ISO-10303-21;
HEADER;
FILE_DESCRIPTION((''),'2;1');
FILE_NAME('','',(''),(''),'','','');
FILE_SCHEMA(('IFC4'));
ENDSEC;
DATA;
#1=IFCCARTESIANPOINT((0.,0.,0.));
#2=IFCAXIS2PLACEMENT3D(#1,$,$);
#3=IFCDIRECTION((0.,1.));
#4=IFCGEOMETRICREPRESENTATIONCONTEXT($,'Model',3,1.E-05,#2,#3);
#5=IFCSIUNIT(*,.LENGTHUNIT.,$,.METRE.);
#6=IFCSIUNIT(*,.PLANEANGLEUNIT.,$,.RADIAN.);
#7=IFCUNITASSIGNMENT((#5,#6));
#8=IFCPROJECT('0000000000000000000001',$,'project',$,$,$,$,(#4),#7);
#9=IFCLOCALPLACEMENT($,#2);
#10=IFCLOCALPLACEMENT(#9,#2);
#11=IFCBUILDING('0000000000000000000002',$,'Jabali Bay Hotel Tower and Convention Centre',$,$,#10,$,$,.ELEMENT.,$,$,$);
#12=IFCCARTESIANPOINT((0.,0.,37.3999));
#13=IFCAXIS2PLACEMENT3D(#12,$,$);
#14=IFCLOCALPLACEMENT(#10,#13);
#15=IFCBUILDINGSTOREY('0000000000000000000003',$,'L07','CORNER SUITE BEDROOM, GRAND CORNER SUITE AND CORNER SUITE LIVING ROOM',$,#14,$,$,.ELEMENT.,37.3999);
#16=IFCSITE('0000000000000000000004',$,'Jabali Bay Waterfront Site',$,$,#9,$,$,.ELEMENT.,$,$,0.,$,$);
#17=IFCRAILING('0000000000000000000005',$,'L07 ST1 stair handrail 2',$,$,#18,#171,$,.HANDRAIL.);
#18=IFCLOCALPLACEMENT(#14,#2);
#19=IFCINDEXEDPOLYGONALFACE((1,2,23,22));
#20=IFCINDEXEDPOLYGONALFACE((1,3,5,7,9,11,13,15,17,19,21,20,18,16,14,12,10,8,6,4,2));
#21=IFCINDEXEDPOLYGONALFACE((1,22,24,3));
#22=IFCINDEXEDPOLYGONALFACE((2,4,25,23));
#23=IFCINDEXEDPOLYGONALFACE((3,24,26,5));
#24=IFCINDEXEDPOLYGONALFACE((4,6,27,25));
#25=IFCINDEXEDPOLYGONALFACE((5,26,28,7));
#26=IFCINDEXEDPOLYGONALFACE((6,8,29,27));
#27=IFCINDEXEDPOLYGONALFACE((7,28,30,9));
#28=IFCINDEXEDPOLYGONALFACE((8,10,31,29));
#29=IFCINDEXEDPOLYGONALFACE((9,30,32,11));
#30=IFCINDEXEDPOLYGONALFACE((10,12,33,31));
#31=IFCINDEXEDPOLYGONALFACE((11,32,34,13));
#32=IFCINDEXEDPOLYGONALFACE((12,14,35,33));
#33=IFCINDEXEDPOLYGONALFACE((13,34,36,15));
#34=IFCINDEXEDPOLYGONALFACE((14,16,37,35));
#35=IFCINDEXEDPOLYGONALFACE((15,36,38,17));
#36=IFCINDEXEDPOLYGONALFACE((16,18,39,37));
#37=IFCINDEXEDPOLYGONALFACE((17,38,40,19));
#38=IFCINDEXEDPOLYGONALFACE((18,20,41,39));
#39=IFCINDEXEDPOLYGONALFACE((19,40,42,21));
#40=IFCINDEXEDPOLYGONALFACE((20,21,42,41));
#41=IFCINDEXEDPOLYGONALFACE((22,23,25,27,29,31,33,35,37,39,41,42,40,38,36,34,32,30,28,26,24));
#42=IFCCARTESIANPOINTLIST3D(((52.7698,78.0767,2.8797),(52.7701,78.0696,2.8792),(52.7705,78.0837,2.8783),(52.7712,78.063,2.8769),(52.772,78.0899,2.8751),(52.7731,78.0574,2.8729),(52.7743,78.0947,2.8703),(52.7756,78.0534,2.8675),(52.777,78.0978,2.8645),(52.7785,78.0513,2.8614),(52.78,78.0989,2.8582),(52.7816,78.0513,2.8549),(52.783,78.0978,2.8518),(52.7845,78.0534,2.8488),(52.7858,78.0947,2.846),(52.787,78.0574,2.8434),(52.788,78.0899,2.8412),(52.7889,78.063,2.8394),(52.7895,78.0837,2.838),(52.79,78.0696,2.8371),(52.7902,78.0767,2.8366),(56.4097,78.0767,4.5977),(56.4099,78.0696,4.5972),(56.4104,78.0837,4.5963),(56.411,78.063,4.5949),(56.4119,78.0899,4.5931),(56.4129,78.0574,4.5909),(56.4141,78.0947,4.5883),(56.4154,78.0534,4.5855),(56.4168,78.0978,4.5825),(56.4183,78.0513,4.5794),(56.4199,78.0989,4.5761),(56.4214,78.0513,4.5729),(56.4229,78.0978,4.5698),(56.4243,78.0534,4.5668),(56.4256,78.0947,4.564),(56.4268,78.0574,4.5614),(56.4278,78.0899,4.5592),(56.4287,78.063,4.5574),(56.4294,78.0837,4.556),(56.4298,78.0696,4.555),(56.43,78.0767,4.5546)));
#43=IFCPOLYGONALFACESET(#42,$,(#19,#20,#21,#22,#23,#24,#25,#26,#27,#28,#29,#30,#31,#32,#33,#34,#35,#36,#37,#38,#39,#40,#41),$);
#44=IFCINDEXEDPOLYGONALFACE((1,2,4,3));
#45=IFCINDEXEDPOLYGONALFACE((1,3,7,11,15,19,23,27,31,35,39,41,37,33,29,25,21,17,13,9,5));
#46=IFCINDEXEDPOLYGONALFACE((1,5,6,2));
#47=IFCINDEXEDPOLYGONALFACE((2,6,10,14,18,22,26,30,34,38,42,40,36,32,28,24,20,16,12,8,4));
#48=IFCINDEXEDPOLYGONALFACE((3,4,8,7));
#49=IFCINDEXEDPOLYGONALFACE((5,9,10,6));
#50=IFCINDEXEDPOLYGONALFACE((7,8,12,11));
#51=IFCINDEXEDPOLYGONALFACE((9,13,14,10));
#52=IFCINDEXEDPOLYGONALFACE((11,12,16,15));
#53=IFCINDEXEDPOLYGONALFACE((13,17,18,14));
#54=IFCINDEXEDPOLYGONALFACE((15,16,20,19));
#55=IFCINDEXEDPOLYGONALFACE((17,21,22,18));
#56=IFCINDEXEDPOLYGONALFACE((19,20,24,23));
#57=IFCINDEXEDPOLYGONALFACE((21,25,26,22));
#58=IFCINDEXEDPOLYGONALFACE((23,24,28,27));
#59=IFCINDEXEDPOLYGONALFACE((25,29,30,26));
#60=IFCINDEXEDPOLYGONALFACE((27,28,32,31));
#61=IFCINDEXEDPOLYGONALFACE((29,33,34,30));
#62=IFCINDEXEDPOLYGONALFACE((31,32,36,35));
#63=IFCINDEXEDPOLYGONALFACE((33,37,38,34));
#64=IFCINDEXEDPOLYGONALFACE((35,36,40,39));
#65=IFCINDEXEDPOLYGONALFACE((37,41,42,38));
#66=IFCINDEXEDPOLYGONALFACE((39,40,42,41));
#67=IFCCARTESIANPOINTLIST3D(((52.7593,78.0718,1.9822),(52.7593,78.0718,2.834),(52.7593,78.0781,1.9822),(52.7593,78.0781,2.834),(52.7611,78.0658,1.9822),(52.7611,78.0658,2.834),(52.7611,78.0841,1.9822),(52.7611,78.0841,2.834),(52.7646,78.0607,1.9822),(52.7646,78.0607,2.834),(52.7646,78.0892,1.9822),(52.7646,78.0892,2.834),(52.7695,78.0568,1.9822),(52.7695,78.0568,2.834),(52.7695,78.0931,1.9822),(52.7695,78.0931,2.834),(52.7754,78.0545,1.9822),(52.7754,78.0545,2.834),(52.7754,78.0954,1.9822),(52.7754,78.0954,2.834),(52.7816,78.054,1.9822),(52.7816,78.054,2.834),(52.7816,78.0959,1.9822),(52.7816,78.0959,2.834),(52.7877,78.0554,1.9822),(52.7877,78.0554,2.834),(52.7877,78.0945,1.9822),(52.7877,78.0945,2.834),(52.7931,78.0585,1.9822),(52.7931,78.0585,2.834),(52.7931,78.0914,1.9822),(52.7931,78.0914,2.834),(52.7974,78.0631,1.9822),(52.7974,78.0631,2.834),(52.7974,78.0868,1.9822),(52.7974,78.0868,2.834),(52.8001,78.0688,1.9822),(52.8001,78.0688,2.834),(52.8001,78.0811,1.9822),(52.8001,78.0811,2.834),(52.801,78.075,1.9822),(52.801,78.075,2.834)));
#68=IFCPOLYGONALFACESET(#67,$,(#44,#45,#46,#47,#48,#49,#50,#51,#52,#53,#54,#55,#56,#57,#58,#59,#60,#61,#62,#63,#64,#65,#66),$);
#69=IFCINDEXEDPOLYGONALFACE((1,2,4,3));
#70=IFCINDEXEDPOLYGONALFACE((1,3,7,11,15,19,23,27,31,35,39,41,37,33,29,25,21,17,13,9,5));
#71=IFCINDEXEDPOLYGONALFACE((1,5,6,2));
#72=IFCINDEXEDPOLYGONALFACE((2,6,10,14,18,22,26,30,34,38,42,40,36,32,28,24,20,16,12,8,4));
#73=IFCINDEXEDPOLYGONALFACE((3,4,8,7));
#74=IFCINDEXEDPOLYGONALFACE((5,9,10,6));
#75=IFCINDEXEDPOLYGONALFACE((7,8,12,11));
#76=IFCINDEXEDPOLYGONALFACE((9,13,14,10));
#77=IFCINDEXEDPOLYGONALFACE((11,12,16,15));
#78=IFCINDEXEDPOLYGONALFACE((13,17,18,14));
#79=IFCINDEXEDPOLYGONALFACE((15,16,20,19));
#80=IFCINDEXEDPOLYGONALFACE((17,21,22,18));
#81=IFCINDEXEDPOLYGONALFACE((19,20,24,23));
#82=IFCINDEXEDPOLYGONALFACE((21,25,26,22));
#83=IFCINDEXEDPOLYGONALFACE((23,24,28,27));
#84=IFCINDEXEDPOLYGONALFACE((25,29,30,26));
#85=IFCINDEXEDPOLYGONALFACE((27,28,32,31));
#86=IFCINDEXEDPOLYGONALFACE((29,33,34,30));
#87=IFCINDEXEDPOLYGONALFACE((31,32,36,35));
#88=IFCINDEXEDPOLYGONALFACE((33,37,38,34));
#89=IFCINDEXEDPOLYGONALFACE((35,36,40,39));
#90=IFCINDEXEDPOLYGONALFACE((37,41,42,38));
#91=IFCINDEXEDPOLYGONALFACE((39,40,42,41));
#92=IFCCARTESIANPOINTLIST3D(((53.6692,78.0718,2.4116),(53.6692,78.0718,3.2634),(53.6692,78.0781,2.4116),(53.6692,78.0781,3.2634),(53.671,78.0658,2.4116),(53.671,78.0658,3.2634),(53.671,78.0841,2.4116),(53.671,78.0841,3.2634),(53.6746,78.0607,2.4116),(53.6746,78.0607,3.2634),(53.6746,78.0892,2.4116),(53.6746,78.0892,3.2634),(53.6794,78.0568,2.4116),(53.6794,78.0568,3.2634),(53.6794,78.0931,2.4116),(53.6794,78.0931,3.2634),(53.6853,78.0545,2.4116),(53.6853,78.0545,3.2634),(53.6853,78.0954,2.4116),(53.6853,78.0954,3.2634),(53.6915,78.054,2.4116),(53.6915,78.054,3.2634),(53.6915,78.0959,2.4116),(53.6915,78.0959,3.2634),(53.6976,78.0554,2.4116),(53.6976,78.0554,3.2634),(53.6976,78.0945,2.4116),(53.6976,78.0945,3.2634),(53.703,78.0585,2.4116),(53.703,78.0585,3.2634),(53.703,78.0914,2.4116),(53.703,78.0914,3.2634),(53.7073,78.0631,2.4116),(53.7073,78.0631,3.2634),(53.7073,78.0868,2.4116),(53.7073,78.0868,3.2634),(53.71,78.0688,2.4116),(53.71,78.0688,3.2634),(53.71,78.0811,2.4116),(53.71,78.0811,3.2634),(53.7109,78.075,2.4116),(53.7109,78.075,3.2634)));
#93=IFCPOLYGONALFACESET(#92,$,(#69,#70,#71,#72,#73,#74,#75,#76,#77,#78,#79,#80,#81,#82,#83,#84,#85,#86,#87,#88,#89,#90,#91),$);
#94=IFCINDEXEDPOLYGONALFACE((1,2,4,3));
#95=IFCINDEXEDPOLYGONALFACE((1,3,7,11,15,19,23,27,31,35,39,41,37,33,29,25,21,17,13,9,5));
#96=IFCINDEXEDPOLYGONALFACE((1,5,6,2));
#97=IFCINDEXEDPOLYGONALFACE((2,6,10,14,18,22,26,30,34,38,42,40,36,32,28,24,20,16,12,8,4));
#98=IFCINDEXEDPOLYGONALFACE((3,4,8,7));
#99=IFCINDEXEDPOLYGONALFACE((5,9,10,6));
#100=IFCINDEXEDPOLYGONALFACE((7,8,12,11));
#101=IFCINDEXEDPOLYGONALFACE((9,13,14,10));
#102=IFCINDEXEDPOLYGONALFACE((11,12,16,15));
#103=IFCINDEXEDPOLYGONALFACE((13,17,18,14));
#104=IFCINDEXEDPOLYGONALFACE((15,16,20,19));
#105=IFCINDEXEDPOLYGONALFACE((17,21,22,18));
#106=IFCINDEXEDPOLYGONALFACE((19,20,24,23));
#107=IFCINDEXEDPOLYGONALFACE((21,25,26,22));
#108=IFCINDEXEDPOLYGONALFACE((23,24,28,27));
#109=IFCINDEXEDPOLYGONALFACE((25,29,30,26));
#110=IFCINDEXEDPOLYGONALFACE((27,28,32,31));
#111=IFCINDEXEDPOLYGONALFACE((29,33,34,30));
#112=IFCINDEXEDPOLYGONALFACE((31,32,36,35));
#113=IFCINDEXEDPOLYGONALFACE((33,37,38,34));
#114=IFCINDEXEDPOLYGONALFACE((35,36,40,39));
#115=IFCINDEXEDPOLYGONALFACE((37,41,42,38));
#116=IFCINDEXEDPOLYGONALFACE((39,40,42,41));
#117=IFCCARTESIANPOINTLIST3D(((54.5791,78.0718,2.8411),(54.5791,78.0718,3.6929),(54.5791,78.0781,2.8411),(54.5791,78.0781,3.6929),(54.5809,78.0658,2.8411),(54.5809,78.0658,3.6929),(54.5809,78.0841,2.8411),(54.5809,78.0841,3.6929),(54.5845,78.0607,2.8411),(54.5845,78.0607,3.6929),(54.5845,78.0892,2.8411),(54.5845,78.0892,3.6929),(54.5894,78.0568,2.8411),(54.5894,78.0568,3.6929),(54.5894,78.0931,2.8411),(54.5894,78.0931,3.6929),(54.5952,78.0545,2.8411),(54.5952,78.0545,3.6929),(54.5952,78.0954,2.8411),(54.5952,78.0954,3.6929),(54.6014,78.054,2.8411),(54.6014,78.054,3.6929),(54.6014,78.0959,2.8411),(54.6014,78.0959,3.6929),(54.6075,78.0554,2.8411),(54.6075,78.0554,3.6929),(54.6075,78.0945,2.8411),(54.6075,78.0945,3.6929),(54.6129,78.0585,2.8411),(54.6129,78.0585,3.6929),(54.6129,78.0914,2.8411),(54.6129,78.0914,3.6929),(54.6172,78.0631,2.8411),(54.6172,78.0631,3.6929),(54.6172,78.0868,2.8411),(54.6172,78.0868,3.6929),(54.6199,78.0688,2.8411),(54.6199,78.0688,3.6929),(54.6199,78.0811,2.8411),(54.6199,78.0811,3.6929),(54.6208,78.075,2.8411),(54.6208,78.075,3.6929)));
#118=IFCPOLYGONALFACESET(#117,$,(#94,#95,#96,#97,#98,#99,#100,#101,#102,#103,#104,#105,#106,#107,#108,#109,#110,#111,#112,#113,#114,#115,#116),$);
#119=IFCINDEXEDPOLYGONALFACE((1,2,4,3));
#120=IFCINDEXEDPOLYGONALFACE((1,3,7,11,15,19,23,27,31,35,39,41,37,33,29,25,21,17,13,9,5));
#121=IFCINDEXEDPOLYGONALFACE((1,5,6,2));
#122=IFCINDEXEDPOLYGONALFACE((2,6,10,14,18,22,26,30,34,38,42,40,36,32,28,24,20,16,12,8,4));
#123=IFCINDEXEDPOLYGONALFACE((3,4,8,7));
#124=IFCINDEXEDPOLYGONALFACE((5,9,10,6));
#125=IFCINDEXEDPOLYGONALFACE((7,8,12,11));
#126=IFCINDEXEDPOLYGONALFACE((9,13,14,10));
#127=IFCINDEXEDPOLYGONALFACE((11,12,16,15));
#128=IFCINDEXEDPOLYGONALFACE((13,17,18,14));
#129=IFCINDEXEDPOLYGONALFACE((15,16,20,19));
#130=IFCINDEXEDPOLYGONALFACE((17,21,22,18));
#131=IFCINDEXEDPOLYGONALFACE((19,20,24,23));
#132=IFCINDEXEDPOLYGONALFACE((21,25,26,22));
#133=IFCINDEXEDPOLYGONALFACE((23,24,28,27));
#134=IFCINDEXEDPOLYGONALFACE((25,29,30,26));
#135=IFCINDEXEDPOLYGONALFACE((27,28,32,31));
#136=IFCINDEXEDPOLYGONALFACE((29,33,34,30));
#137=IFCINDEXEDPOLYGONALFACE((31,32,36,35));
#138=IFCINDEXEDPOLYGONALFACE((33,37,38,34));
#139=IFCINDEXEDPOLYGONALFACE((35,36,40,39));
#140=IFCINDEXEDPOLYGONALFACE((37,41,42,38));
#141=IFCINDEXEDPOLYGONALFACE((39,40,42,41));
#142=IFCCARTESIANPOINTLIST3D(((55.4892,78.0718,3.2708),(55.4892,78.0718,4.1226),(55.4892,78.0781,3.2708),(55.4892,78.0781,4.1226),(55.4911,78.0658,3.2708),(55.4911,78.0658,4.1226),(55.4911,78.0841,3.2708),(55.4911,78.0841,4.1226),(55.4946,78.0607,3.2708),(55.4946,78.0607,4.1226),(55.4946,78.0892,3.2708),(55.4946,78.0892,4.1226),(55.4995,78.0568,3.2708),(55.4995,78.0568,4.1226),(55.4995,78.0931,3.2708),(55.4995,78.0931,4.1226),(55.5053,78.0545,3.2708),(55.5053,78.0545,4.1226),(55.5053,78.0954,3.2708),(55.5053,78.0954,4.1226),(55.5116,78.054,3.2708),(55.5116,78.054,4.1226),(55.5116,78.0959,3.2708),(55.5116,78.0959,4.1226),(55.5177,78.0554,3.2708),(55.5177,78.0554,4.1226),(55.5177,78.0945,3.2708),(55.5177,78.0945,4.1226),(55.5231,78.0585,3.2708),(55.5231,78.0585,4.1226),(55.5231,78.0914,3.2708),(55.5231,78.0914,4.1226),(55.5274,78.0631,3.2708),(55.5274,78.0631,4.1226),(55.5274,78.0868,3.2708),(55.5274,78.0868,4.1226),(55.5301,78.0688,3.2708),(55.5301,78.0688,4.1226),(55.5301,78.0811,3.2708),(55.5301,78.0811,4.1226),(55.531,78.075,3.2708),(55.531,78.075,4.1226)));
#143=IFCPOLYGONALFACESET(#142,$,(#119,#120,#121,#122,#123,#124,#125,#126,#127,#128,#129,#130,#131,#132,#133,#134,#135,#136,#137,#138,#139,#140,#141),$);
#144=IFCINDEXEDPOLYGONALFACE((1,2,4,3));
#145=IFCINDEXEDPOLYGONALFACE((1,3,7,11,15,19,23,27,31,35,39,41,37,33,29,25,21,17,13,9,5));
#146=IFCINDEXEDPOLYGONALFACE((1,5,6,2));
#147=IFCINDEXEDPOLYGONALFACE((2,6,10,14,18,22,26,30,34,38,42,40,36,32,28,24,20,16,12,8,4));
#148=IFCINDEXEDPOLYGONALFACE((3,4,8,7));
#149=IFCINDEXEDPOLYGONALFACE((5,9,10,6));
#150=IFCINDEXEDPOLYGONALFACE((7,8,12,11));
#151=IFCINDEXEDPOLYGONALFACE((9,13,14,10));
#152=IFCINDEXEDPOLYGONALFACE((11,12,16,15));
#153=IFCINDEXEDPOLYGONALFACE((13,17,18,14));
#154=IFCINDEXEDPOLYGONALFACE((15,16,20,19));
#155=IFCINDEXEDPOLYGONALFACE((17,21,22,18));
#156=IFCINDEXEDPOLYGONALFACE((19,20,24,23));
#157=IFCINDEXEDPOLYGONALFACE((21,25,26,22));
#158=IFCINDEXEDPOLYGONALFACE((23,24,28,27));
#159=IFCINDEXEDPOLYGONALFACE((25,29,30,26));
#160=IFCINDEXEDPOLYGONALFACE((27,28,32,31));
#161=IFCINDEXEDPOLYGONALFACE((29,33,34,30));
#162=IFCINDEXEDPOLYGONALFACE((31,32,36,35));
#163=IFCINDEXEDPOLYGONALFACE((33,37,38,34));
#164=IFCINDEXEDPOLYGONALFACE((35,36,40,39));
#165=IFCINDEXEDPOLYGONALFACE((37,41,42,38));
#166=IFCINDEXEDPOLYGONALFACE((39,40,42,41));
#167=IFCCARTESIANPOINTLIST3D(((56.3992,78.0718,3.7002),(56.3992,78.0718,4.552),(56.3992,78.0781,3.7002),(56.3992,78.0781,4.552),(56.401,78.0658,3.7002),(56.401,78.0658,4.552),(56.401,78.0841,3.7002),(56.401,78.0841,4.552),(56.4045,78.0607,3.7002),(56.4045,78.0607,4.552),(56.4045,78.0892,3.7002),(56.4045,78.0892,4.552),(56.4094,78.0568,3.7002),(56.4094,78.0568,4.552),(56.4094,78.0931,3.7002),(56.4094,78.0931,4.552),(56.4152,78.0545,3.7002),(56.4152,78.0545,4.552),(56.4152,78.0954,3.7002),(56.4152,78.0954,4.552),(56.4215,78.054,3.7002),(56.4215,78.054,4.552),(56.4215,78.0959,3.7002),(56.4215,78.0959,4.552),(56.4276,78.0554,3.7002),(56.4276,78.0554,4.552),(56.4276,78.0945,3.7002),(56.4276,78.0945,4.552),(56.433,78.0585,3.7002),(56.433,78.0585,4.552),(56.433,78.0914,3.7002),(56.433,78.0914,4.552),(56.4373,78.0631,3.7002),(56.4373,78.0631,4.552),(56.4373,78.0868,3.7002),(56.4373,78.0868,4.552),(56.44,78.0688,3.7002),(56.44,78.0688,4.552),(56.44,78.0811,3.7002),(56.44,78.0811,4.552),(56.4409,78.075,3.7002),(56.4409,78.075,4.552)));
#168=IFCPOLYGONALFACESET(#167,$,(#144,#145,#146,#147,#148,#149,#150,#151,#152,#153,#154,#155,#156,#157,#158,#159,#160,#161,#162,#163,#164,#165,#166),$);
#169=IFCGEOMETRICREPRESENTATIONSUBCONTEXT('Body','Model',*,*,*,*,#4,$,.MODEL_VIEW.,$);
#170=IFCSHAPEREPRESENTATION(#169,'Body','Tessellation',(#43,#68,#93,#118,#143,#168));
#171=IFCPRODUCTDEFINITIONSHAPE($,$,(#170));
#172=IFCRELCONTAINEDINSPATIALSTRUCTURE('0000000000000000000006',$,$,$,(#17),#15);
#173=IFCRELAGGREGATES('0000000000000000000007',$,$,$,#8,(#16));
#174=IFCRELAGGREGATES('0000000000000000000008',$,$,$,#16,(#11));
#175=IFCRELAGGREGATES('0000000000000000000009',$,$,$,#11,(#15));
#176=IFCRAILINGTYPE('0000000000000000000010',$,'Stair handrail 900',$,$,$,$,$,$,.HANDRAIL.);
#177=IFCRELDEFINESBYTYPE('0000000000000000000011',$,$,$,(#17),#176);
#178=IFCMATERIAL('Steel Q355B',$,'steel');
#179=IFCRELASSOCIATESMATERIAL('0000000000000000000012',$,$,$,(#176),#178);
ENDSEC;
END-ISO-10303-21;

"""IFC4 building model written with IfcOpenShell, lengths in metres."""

from ifc_helpers import new_model, si_unit, direction, frame, origin, origin_2d, place, context, subcontext, project, spatial, circle, extrude, material, type_object, element, save


model = new_model("IFC4")

# Units and contexts
model_context = context("Model", 3, precision=1e-05, world=origin(), true_north=direction((0.0, 1.0)))
body_context = subcontext(model_context, "Body", "Model", "MODEL_VIEW")
ifc_project = project(units=[si_unit("LENGTHUNIT", "METRE"), si_unit("PLANEANGLEUNIT", "RADIAN")], contexts=[model_context])

# Site, building, storey
site_placement = place(None, origin())
site = spatial("IfcSite", under=ifc_project, at=site_placement, Name="Jabali Bay Waterfront Site", CompositionType="ELEMENT", RefElevation=0.0)
building_placement = place(site_placement, origin())
building = spatial("IfcBuilding", under=site, at=building_placement, Name="Jabali Bay Hotel Tower and Convention Centre", CompositionType="ELEMENT")
storey_placement = place(building_placement, frame((0.0, 0.0, 37.3999)))
storey = spatial("IfcBuildingStorey", under=building, at=storey_placement, Name="L07", Description="CORNER SUITE BEDROOM, GRAND CORNER SUITE AND CORNER SUITE LIVING ROOM", CompositionType="ELEMENT", Elevation=37.3999)

# Railing
ifc_material_1 = material(Name="Steel Q355B", Category="steel")
railing_type = type_object("IfcRailingType", Name="Stair handrail 900", PredefinedType="HANDRAIL", material=ifc_material_1)
railing_placement = place(storey_placement, frame((52.78, 78.075, 1.9822)))
element("IfcRailing", 1, at=railing_placement, inside=storey, type_object=railing_type, Name="L07 ST1 stair handrail 2", PredefinedType="HANDRAIL", context=body_context, shape_type="SweptSolid", body=[
    extrude(circle(Radius=0.0239, at=origin_2d()), frame((0.0, 0.0, 0.876), z_axis=(0.904327, 0.0, 0.42684), x_axis=(0.0, 1.0, 0.0)), (0.0, 0.0, 1.0), 4.0249),
    extrude(circle(Radius=0.021, at=origin_2d()), origin(), (0.0, 0.0, 1.0), 0.8518),
    extrude(circle(Radius=0.021, at=origin_2d()), frame((0.9099, 0.0, 0.4294)), (0.0, 0.0, 1.0), 0.8518),
    extrude(circle(Radius=0.021, at=origin_2d()), frame((1.8198, 0.0, 0.8589)), (0.0, 0.0, 1.0), 0.8518),
    extrude(circle(Radius=0.021, at=origin_2d()), frame((2.73, 0.0, 1.2886)), (0.0, 0.0, 1.0), 0.8518),
    extrude(circle(Radius=0.021, at=origin_2d()), frame((3.6399, 0.0, 1.718)), (0.0, 0.0, 1.0), 0.8518),
])

save(model, "model.ifc")
